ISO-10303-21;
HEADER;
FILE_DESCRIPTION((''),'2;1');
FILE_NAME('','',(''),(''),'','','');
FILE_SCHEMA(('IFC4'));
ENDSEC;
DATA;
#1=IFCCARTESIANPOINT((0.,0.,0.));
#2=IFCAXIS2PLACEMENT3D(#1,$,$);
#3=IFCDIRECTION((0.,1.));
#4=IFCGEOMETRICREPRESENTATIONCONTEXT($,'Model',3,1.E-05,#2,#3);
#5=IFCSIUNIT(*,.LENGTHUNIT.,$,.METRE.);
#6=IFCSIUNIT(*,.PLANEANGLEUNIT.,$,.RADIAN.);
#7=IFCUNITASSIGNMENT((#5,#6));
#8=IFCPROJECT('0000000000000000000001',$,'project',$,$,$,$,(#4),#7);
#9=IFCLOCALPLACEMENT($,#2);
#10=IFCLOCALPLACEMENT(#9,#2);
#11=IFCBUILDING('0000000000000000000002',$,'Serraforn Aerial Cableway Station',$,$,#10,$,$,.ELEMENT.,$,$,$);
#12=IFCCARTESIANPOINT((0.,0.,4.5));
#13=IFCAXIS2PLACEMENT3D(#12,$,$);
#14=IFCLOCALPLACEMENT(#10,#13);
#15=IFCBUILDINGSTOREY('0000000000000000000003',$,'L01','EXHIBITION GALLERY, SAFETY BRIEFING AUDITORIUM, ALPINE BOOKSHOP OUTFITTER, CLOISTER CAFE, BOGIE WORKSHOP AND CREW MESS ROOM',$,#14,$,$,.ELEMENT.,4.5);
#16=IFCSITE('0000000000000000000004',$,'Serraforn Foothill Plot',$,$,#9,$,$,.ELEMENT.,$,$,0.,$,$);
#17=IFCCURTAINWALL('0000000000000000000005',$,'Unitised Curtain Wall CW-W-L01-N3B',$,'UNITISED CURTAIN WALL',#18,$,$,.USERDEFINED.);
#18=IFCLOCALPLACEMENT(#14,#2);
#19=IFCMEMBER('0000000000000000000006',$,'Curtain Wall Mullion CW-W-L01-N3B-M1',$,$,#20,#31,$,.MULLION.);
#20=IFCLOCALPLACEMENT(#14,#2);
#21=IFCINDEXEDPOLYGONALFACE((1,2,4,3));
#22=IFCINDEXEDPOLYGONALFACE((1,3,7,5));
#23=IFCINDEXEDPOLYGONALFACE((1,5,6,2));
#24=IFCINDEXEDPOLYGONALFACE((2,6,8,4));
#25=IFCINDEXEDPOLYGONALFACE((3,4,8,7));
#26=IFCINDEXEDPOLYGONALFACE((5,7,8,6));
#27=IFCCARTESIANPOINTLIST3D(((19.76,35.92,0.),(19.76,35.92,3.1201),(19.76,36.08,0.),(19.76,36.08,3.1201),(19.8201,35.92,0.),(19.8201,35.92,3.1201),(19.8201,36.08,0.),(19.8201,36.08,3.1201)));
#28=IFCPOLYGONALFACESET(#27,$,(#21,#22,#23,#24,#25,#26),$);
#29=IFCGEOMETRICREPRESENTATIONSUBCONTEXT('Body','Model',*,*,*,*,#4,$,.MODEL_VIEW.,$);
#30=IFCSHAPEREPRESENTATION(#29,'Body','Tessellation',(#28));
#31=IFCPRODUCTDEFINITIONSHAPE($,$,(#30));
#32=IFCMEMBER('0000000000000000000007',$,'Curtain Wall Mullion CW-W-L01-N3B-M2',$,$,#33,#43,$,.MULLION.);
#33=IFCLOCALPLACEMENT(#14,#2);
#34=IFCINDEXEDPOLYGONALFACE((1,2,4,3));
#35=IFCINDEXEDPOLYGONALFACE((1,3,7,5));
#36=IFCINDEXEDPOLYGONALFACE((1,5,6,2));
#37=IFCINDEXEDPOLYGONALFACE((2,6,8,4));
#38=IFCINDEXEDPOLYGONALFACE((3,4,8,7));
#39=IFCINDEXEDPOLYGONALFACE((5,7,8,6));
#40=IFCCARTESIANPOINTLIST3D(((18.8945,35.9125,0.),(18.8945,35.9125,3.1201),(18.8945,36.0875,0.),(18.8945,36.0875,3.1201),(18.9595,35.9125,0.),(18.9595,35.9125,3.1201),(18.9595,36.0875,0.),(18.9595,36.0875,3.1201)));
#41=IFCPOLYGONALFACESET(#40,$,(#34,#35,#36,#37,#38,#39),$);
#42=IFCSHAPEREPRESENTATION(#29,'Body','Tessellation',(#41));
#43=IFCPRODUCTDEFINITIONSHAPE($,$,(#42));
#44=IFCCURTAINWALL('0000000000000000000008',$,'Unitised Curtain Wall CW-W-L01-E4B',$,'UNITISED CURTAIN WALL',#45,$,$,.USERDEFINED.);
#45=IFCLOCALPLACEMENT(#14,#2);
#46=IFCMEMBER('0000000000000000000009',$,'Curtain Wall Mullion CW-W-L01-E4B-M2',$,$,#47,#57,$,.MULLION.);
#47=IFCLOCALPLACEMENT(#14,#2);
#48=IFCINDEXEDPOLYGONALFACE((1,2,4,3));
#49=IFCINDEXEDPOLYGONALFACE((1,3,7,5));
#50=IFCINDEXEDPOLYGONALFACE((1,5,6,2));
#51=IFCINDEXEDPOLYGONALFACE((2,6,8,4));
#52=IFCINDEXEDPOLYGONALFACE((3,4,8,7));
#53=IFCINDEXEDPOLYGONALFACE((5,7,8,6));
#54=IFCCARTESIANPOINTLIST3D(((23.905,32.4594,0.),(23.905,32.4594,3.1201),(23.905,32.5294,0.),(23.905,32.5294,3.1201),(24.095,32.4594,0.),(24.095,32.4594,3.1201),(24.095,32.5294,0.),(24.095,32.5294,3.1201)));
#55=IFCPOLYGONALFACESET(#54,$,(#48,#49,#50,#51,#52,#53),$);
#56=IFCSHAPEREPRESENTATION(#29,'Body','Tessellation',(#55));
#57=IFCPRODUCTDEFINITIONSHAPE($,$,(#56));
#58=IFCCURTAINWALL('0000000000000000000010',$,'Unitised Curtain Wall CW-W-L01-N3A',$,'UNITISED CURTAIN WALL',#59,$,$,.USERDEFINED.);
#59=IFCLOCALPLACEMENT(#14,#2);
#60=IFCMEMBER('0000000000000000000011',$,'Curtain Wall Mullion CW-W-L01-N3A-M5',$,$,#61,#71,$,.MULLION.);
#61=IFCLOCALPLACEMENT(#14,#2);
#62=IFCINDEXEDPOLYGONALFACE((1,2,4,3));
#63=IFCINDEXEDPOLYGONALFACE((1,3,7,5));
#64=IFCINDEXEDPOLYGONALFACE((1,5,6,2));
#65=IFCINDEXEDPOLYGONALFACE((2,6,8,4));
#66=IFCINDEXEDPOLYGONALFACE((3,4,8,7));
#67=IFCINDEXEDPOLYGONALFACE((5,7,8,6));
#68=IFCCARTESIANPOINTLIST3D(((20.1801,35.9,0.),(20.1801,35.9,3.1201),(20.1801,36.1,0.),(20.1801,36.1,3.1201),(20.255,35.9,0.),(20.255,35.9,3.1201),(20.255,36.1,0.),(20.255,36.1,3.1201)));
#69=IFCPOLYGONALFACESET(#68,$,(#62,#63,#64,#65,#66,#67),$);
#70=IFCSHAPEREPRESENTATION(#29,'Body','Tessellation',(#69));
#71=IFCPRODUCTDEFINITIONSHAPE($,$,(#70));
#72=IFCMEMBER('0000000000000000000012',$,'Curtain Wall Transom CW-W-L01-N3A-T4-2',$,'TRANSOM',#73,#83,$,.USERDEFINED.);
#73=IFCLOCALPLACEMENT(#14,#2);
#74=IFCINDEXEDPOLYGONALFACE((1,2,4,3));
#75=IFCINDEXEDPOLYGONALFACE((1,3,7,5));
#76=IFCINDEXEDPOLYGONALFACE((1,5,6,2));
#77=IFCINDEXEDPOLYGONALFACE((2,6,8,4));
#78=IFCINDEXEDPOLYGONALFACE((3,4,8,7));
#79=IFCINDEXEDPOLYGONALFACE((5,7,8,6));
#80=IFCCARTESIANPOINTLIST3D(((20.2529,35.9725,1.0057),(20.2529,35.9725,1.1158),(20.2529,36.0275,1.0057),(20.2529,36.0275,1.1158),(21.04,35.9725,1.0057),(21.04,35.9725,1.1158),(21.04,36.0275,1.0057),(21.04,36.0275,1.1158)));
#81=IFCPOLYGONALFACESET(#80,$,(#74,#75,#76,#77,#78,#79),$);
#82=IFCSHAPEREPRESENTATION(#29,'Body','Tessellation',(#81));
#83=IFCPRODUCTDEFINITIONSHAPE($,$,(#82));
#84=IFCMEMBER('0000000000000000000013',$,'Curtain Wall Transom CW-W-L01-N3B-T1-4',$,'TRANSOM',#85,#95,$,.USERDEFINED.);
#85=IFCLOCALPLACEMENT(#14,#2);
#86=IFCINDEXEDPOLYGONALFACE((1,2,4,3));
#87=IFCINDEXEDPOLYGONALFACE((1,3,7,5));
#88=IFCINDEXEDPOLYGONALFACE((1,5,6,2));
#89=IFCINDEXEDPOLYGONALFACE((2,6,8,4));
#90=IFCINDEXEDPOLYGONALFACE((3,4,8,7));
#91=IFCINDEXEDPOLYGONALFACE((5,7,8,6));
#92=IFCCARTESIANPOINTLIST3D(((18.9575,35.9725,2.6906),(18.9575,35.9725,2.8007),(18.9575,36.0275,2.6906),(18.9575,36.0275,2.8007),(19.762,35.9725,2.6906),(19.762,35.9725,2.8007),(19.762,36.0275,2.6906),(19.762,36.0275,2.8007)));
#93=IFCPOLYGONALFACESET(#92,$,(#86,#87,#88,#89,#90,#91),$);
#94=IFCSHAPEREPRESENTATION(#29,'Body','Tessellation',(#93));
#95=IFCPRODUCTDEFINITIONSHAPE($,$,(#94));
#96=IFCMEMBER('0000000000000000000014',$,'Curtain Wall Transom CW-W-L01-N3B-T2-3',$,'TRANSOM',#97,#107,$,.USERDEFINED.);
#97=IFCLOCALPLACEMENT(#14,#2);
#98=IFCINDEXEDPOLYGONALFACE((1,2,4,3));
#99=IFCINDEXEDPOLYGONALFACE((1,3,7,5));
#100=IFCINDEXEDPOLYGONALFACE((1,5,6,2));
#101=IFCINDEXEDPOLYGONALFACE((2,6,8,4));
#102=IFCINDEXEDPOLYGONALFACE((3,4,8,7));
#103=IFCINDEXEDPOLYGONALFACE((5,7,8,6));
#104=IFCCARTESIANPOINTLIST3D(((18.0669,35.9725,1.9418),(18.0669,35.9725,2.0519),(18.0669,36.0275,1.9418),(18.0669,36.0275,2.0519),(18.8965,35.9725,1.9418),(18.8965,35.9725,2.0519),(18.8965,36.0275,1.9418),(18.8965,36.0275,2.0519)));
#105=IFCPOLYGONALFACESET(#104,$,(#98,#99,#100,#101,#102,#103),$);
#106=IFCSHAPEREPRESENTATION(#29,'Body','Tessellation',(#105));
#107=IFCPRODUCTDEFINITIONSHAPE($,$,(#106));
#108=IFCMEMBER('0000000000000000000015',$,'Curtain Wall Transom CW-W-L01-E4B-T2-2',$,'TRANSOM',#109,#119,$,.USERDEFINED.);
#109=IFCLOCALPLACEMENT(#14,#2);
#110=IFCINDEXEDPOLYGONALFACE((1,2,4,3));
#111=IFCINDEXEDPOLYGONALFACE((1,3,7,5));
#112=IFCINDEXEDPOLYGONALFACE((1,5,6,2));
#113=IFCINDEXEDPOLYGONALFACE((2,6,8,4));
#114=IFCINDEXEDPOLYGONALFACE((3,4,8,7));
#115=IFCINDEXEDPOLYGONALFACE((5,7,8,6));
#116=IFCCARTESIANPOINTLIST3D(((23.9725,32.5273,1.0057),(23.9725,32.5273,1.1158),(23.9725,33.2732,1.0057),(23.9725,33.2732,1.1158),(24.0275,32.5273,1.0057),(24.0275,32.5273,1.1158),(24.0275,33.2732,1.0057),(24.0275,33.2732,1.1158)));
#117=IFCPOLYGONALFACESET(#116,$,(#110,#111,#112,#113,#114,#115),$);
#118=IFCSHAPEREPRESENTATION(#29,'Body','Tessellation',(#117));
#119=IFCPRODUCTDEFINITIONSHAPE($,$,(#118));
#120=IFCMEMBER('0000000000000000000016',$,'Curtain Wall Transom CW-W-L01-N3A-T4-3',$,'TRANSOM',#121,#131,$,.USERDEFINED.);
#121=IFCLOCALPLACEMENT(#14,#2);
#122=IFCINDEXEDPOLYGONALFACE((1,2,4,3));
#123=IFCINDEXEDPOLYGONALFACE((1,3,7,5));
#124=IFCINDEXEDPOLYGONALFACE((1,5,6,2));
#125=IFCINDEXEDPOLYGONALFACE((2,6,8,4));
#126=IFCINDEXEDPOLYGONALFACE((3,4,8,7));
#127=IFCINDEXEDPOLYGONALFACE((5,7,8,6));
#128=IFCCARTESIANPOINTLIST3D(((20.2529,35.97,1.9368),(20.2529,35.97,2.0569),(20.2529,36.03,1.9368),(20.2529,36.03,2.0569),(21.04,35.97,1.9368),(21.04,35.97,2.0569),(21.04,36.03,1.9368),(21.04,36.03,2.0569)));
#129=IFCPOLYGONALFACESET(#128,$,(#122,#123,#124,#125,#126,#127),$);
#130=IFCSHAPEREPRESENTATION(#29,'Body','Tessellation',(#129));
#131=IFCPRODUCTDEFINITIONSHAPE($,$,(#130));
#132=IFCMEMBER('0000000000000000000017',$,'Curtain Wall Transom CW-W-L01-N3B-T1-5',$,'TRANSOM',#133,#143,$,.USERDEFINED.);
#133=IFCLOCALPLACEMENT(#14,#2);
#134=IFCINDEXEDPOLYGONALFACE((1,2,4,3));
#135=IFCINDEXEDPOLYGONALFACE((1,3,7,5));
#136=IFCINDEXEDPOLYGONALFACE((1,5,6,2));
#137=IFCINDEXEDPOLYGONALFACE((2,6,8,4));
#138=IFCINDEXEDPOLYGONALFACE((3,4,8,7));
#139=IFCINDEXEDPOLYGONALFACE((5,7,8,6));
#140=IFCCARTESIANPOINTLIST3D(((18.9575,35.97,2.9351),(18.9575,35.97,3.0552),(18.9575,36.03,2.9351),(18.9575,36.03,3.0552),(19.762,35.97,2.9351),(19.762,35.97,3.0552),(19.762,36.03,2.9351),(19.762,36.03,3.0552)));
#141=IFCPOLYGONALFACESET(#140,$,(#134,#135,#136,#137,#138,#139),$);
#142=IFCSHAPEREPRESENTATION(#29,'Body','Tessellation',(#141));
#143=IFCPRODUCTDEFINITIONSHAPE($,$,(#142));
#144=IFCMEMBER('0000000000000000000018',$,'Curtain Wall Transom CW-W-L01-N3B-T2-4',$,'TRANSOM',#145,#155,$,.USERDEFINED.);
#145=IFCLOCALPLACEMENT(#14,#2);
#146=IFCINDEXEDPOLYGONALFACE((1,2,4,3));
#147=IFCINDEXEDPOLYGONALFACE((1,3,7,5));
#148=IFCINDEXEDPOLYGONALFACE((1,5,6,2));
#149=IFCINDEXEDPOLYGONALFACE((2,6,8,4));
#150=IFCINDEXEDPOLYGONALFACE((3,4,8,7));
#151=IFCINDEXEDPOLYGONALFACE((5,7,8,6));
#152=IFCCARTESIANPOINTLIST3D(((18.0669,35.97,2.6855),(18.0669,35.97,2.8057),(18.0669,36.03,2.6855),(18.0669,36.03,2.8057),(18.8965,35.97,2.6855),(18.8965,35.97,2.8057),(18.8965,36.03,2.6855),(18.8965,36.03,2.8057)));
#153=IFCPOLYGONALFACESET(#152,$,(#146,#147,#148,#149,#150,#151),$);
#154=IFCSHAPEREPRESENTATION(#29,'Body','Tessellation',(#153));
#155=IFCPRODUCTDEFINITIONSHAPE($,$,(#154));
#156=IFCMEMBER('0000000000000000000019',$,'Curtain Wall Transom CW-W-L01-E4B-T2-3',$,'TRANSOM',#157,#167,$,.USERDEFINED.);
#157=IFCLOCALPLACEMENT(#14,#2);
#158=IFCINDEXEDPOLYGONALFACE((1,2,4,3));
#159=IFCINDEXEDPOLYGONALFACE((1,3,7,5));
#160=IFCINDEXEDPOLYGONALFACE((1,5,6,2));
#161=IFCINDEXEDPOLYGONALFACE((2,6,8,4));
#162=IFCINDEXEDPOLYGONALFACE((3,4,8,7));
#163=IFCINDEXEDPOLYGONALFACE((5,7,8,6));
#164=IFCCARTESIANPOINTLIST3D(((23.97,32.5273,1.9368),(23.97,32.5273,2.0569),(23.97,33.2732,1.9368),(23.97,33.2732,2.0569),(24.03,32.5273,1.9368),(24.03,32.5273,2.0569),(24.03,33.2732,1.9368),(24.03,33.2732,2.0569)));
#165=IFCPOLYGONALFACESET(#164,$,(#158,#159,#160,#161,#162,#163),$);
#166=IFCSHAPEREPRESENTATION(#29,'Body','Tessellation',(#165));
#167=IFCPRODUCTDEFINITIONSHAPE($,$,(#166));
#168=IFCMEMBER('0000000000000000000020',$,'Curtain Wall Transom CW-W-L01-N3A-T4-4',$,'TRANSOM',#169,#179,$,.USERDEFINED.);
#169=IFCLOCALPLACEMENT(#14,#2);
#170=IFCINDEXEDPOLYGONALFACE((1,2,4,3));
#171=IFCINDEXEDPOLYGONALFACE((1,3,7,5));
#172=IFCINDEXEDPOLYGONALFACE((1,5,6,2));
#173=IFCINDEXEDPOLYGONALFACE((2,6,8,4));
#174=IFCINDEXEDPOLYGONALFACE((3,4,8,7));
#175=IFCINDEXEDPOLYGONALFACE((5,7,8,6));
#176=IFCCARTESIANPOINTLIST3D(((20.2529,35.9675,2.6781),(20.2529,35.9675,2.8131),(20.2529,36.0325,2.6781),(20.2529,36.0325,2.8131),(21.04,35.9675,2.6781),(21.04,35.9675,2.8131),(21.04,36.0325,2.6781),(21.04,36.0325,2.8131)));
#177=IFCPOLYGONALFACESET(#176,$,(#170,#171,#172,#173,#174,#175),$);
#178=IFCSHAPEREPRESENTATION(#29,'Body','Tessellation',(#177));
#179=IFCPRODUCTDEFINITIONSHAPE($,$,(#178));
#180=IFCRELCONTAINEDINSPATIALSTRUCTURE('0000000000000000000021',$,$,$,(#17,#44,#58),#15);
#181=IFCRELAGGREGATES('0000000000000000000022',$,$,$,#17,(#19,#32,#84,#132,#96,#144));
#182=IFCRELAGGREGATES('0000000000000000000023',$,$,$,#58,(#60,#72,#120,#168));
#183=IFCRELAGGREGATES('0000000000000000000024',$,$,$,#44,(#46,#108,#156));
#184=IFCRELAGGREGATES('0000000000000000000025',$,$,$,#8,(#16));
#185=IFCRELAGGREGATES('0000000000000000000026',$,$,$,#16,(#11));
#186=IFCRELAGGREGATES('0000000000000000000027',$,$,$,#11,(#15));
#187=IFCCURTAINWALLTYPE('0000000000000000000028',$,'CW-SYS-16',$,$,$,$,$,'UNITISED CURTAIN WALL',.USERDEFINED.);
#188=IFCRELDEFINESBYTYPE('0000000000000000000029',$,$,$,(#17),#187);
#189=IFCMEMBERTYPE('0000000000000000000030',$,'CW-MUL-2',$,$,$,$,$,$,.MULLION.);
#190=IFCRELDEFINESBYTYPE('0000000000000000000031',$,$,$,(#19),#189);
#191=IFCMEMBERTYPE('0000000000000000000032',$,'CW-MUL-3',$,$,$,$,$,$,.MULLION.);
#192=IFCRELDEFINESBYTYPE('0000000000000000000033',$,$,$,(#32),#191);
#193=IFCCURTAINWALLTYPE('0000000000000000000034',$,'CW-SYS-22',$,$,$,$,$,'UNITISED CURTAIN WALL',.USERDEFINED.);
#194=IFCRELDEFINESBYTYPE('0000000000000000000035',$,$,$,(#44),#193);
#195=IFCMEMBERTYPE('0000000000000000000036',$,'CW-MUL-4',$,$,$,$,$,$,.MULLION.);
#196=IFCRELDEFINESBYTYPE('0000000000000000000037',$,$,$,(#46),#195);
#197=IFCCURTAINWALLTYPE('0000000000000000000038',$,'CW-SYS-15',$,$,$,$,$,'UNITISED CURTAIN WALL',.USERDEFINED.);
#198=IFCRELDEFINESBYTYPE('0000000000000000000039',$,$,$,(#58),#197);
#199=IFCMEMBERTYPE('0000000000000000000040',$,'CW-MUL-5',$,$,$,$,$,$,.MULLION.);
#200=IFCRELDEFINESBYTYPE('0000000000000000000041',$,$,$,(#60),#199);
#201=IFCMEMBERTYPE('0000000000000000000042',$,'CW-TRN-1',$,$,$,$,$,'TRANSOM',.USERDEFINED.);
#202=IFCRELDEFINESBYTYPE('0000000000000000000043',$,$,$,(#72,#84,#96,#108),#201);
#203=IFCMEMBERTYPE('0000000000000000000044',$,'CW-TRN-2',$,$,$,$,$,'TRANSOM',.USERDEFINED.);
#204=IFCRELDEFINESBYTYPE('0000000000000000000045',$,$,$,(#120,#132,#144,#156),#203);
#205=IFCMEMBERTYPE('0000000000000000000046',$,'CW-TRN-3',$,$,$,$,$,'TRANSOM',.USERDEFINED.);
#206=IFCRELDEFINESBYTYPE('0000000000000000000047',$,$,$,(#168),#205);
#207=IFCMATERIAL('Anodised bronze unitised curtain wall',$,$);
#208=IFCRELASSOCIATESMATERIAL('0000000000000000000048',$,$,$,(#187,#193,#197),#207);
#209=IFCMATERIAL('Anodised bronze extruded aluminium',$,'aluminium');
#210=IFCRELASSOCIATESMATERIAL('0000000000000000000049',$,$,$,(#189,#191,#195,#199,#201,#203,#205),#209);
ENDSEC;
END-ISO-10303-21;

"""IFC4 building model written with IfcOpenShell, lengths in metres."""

from ifc_helpers import new_model, si_unit, direction, frame, origin, origin_2d, place, context, subcontext, project, spatial, rectangle, extrude, material, material_profile, profile_set, type_object, element, aggregate, save


model = new_model("IFC4")

# Units and contexts
model_context = context("Model", 3, precision=1e-05, world=origin(), true_north=direction((0.0, 1.0)))
body_context = subcontext(model_context, "Body", "Model", "MODEL_VIEW")
ifc_project = project(units=[si_unit("LENGTHUNIT", "METRE"), si_unit("PLANEANGLEUNIT", "RADIAN")], contexts=[model_context])

# Site, building, storey
site_placement = place(None, origin())
site = spatial("IfcSite", under=ifc_project, at=site_placement, Name="Serraforn Foothill Plot", CompositionType="ELEMENT", RefElevation=0.0)
building_placement = place(site_placement, origin())
building = spatial("IfcBuilding", under=site, at=building_placement, Name="Serraforn Aerial Cableway Station", CompositionType="ELEMENT")
storey_placement = place(building_placement, frame((0.0, 0.0, 4.5)))
storey = spatial("IfcBuildingStorey", under=building, at=storey_placement, Name="L01", Description="EXHIBITION GALLERY, SAFETY BRIEFING AUDITORIUM, ALPINE BOOKSHOP OUTFITTER, CLOISTER CAFE, BOGIE WORKSHOP AND CREW MESS ROOM", CompositionType="ELEMENT", Elevation=4.5)

# Curtain wall, members
ifc_material_1 = material(Name="Anodised bronze unitised curtain wall")
curtain_wall_type_1 = type_object("IfcCurtainWallType", Name="CW-SYS-16", ElementType="UNITISED CURTAIN WALL", PredefinedType="USERDEFINED", material=ifc_material_1)
curtain_wall_1_placement = place(storey_placement, origin())
curtain_wall_1 = element("IfcCurtainWall", 1, at=curtain_wall_1_placement, inside=storey, type_object=curtain_wall_type_1, Name="Unitised Curtain Wall CW-W-L01-N3B", ObjectType="UNITISED CURTAIN WALL", PredefinedType="USERDEFINED")
ifc_material_2 = material(Name="Anodised bronze extruded aluminium", Category="aluminium")
ifc_material_profile_1 = material_profile(ifc_material_2, rectangle(XDim=0.0601, YDim=0.1599, at=origin_2d()), Name="CW MULLION 60x160")
ifc_profile_set_1 = profile_set([ifc_material_profile_1], Name="Anodised bronze extruded aluminium")
member_type_1 = type_object("IfcMemberType", Name="CW-MUL-2", PredefinedType="MULLION", material=ifc_profile_set_1)
member_1_placement = place(storey_placement, frame((19.79, 36.0, 0.0), z_axis=(0.0, 0.0, 1.0), x_axis=(-1.0, 0.0, 0.0)))
member_1 = element("IfcMember", 2, at=member_1_placement, type_object=member_type_1, Name="Curtain Wall Mullion CW-W-L01-N3B-M1", PredefinedType="MULLION", context=body_context, shape_type="SweptSolid", body=[
    extrude(rectangle(XDim=0.0601, YDim=0.1599, at=origin_2d()), origin(), (0.0, 0.0, 1.0), 3.1201),
])
ifc_material_profile_2 = material_profile(ifc_material_2, rectangle(XDim=0.0649, YDim=0.175, at=origin_2d()), Name="CW MULLION 65x175")
ifc_profile_set_2 = profile_set([ifc_material_profile_2], Name="Anodised bronze extruded aluminium")
member_type_2 = type_object("IfcMemberType", Name="CW-MUL-3", PredefinedType="MULLION", material=ifc_profile_set_2)
member_2_placement = place(storey_placement, frame((18.927, 36.0, 0.0), z_axis=(0.0, 0.0, 1.0), x_axis=(-1.0, 0.0, 0.0)))
member_2 = element("IfcMember", 3, at=member_2_placement, type_object=member_type_2, Name="Curtain Wall Mullion CW-W-L01-N3B-M2", PredefinedType="MULLION", context=body_context, shape_type="SweptSolid", body=[
    extrude(rectangle(XDim=0.0649, YDim=0.175, at=origin_2d()), origin(), (0.0, 0.0, 1.0), 3.1201),
])

# Curtain wall, member
curtain_wall_type_2 = type_object("IfcCurtainWallType", Name="CW-SYS-22", ElementType="UNITISED CURTAIN WALL", PredefinedType="USERDEFINED", material=ifc_material_1)
curtain_wall_2_placement = place(storey_placement, origin())
curtain_wall_2 = element("IfcCurtainWall", 4, at=curtain_wall_2_placement, inside=storey, type_object=curtain_wall_type_2, Name="Unitised Curtain Wall CW-W-L01-E4B", ObjectType="UNITISED CURTAIN WALL", PredefinedType="USERDEFINED")
ifc_material_profile_3 = material_profile(ifc_material_2, rectangle(XDim=0.0701, YDim=0.1899, at=origin_2d()), Name="CW MULLION 70x190")
ifc_profile_set_3 = profile_set([ifc_material_profile_3], Name="Anodised bronze extruded aluminium")
member_type_3 = type_object("IfcMemberType", Name="CW-MUL-4", PredefinedType="MULLION", material=ifc_profile_set_3)
member_3_placement = place(storey_placement, frame((24.0, 32.4944, 0.0), z_axis=(0.0, 0.0, 1.0), x_axis=(0.0, 1.0, 0.0)))
member_3 = element("IfcMember", 5, at=member_3_placement, type_object=member_type_3, Name="Curtain Wall Mullion CW-W-L01-E4B-M2", PredefinedType="MULLION", context=body_context, shape_type="SweptSolid", body=[
    extrude(rectangle(XDim=0.0701, YDim=0.1899, at=origin_2d()), origin(), (0.0, 0.0, 1.0), 3.1201),
])

# Curtain wall, members
curtain_wall_type_3 = type_object("IfcCurtainWallType", Name="CW-SYS-15", ElementType="UNITISED CURTAIN WALL", PredefinedType="USERDEFINED", material=ifc_material_1)
curtain_wall_3_placement = place(storey_placement, origin())
curtain_wall_3 = element("IfcCurtainWall", 6, at=curtain_wall_3_placement, inside=storey, type_object=curtain_wall_type_3, Name="Unitised Curtain Wall CW-W-L01-N3A", ObjectType="UNITISED CURTAIN WALL", PredefinedType="USERDEFINED")
ifc_material_profile_4 = material_profile(ifc_material_2, rectangle(XDim=0.075, YDim=0.2, at=origin_2d()), Name="CW MULLION 75x200")
ifc_profile_set_4 = profile_set([ifc_material_profile_4], Name="Anodised bronze extruded aluminium")
member_type_4 = type_object("IfcMemberType", Name="CW-MUL-5", PredefinedType="MULLION", material=ifc_profile_set_4)
member_4_placement = place(storey_placement, frame((20.2175, 36.0, 0.0), z_axis=(0.0, 0.0, 1.0), x_axis=(-1.0, 0.0, 0.0)))
member_4 = element("IfcMember", 7, at=member_4_placement, type_object=member_type_4, Name="Curtain Wall Mullion CW-W-L01-N3A-M5", PredefinedType="MULLION", context=body_context, shape_type="SweptSolid", body=[
    extrude(rectangle(XDim=0.075, YDim=0.2, at=origin_2d()), origin(), (0.0, 0.0, 1.0), 3.1201),
])
ifc_material_profile_5 = material_profile(ifc_material_2, rectangle(XDim=0.0549, YDim=0.1101, at=origin_2d()), Name="CW TRANSOM 55x110")
ifc_profile_set_5 = profile_set([ifc_material_profile_5], Name="Anodised bronze extruded aluminium")
member_type_5 = type_object("IfcMemberType", Name="CW-TRN-1", ElementType="TRANSOM", PredefinedType="USERDEFINED", material=ifc_profile_set_5)
member_5_placement = place(storey_placement, frame((21.04, 36.0, 1.0608), z_axis=(-1.0, 0.0, 0.0), x_axis=(0.0, -1.0, 0.0)))
member_5 = element("IfcMember", 8, at=member_5_placement, type_object=member_type_5, Name="Curtain Wall Transom CW-W-L01-N3A-T4-2", ObjectType="TRANSOM", PredefinedType="USERDEFINED", context=body_context, shape_type="SweptSolid", body=[
    extrude(rectangle(XDim=0.0549, YDim=0.1101, at=origin_2d()), origin(), (0.0, 0.0, 1.0), 0.7871),
])

# Members
member_6_placement = place(storey_placement, frame((19.762, 36.0, 2.7456), z_axis=(-1.0, 0.0, 0.0), x_axis=(0.0, -1.0, 0.0)))
member_6 = element("IfcMember", 9, at=member_6_placement, type_object=member_type_5, Name="Curtain Wall Transom CW-W-L01-N3B-T1-4", ObjectType="TRANSOM", PredefinedType="USERDEFINED", context=body_context, shape_type="SweptSolid", body=[
    extrude(rectangle(XDim=0.0549, YDim=0.1101, at=origin_2d()), origin(), (0.0, 0.0, 1.0), 0.8044),
])
member_7_placement = place(storey_placement, frame((18.8965, 36.0, 1.9968), z_axis=(-1.0, 0.0, 0.0), x_axis=(0.0, -1.0, 0.0)))
member_7 = element("IfcMember", 10, at=member_7_placement, type_object=member_type_5, Name="Curtain Wall Transom CW-W-L01-N3B-T2-3", ObjectType="TRANSOM", PredefinedType="USERDEFINED", context=body_context, shape_type="SweptSolid", body=[
    extrude(rectangle(XDim=0.0549, YDim=0.1101, at=origin_2d()), origin(), (0.0, 0.0, 1.0), 0.8296),
])
member_8_placement = place(storey_placement, frame((24.0, 32.5273, 1.0608), z_axis=(0.0, 1.0, 0.0), x_axis=(-1.0, 0.0, 0.0)))
member_8 = element("IfcMember", 11, at=member_8_placement, type_object=member_type_5, Name="Curtain Wall Transom CW-W-L01-E4B-T2-2", ObjectType="TRANSOM", PredefinedType="USERDEFINED", context=body_context, shape_type="SweptSolid", body=[
    extrude(rectangle(XDim=0.0549, YDim=0.1101, at=origin_2d()), origin(), (0.0, 0.0, 1.0), 0.7458),
])
ifc_material_profile_6 = material_profile(ifc_material_2, rectangle(XDim=0.0601, YDim=0.1201, at=origin_2d()), Name="CW TRANSOM 60x120")
ifc_profile_set_6 = profile_set([ifc_material_profile_6], Name="Anodised bronze extruded aluminium")
member_type_6 = type_object("IfcMemberType", Name="CW-TRN-2", ElementType="TRANSOM", PredefinedType="USERDEFINED", material=ifc_profile_set_6)
member_9_placement = place(storey_placement, frame((21.04, 36.0, 1.9968), z_axis=(-1.0, 0.0, 0.0), x_axis=(0.0, -1.0, 0.0)))
member_9 = element("IfcMember", 12, at=member_9_placement, type_object=member_type_6, Name="Curtain Wall Transom CW-W-L01-N3A-T4-3", ObjectType="TRANSOM", PredefinedType="USERDEFINED", context=body_context, shape_type="SweptSolid", body=[
    extrude(rectangle(XDim=0.0601, YDim=0.1201, at=origin_2d()), origin(), (0.0, 0.0, 1.0), 0.7871),
])
member_10_placement = place(storey_placement, frame((19.762, 36.0, 2.9951), z_axis=(-1.0, 0.0, 0.0), x_axis=(0.0, -1.0, 0.0)))
member_10 = element("IfcMember", 13, at=member_10_placement, type_object=member_type_6, Name="Curtain Wall Transom CW-W-L01-N3B-T1-5", ObjectType="TRANSOM", PredefinedType="USERDEFINED", context=body_context, shape_type="SweptSolid", body=[
    extrude(rectangle(XDim=0.0601, YDim=0.1201, at=origin_2d()), origin(), (0.0, 0.0, 1.0), 0.8044),
])
member_11_placement = place(storey_placement, frame((18.8965, 36.0, 2.7456), z_axis=(-1.0, 0.0, 0.0), x_axis=(0.0, -1.0, 0.0)))
member_11 = element("IfcMember", 14, at=member_11_placement, type_object=member_type_6, Name="Curtain Wall Transom CW-W-L01-N3B-T2-4", ObjectType="TRANSOM", PredefinedType="USERDEFINED", context=body_context, shape_type="SweptSolid", body=[
    extrude(rectangle(XDim=0.0601, YDim=0.1201, at=origin_2d()), origin(), (0.0, 0.0, 1.0), 0.8296),
])
member_12_placement = place(storey_placement, frame((24.0, 32.5273, 1.9968), z_axis=(0.0, 1.0, 0.0), x_axis=(-1.0, 0.0, 0.0)))
member_12 = element("IfcMember", 15, at=member_12_placement, type_object=member_type_6, Name="Curtain Wall Transom CW-W-L01-E4B-T2-3", ObjectType="TRANSOM", PredefinedType="USERDEFINED", context=body_context, shape_type="SweptSolid", body=[
    extrude(rectangle(XDim=0.0601, YDim=0.1201, at=origin_2d()), origin(), (0.0, 0.0, 1.0), 0.7458),
])
ifc_material_profile_7 = material_profile(ifc_material_2, rectangle(XDim=0.0649, YDim=0.135, at=origin_2d()), Name="CW TRANSOM 65x135")
ifc_profile_set_7 = profile_set([ifc_material_profile_7], Name="Anodised bronze extruded aluminium")
member_type_7 = type_object("IfcMemberType", Name="CW-TRN-3", ElementType="TRANSOM", PredefinedType="USERDEFINED", material=ifc_profile_set_7)
member_13_placement = place(storey_placement, frame((21.04, 36.0, 2.7456), z_axis=(-1.0, 0.0, 0.0), x_axis=(0.0, -1.0, 0.0)))
member_13 = element("IfcMember", 16, at=member_13_placement, type_object=member_type_7, Name="Curtain Wall Transom CW-W-L01-N3A-T4-4", ObjectType="TRANSOM", PredefinedType="USERDEFINED", context=body_context, shape_type="SweptSolid", body=[
    extrude(rectangle(XDim=0.0649, YDim=0.135, at=origin_2d()), origin(), (0.0, 0.0, 1.0), 0.7871),
])

aggregate(curtain_wall_1, [member_1, member_2, member_6, member_10, member_7, member_11])
aggregate(curtain_wall_3, [member_4, member_5, member_9, member_13])
aggregate(curtain_wall_2, [member_3, member_8, member_12])

save(model, "model.ifc")
